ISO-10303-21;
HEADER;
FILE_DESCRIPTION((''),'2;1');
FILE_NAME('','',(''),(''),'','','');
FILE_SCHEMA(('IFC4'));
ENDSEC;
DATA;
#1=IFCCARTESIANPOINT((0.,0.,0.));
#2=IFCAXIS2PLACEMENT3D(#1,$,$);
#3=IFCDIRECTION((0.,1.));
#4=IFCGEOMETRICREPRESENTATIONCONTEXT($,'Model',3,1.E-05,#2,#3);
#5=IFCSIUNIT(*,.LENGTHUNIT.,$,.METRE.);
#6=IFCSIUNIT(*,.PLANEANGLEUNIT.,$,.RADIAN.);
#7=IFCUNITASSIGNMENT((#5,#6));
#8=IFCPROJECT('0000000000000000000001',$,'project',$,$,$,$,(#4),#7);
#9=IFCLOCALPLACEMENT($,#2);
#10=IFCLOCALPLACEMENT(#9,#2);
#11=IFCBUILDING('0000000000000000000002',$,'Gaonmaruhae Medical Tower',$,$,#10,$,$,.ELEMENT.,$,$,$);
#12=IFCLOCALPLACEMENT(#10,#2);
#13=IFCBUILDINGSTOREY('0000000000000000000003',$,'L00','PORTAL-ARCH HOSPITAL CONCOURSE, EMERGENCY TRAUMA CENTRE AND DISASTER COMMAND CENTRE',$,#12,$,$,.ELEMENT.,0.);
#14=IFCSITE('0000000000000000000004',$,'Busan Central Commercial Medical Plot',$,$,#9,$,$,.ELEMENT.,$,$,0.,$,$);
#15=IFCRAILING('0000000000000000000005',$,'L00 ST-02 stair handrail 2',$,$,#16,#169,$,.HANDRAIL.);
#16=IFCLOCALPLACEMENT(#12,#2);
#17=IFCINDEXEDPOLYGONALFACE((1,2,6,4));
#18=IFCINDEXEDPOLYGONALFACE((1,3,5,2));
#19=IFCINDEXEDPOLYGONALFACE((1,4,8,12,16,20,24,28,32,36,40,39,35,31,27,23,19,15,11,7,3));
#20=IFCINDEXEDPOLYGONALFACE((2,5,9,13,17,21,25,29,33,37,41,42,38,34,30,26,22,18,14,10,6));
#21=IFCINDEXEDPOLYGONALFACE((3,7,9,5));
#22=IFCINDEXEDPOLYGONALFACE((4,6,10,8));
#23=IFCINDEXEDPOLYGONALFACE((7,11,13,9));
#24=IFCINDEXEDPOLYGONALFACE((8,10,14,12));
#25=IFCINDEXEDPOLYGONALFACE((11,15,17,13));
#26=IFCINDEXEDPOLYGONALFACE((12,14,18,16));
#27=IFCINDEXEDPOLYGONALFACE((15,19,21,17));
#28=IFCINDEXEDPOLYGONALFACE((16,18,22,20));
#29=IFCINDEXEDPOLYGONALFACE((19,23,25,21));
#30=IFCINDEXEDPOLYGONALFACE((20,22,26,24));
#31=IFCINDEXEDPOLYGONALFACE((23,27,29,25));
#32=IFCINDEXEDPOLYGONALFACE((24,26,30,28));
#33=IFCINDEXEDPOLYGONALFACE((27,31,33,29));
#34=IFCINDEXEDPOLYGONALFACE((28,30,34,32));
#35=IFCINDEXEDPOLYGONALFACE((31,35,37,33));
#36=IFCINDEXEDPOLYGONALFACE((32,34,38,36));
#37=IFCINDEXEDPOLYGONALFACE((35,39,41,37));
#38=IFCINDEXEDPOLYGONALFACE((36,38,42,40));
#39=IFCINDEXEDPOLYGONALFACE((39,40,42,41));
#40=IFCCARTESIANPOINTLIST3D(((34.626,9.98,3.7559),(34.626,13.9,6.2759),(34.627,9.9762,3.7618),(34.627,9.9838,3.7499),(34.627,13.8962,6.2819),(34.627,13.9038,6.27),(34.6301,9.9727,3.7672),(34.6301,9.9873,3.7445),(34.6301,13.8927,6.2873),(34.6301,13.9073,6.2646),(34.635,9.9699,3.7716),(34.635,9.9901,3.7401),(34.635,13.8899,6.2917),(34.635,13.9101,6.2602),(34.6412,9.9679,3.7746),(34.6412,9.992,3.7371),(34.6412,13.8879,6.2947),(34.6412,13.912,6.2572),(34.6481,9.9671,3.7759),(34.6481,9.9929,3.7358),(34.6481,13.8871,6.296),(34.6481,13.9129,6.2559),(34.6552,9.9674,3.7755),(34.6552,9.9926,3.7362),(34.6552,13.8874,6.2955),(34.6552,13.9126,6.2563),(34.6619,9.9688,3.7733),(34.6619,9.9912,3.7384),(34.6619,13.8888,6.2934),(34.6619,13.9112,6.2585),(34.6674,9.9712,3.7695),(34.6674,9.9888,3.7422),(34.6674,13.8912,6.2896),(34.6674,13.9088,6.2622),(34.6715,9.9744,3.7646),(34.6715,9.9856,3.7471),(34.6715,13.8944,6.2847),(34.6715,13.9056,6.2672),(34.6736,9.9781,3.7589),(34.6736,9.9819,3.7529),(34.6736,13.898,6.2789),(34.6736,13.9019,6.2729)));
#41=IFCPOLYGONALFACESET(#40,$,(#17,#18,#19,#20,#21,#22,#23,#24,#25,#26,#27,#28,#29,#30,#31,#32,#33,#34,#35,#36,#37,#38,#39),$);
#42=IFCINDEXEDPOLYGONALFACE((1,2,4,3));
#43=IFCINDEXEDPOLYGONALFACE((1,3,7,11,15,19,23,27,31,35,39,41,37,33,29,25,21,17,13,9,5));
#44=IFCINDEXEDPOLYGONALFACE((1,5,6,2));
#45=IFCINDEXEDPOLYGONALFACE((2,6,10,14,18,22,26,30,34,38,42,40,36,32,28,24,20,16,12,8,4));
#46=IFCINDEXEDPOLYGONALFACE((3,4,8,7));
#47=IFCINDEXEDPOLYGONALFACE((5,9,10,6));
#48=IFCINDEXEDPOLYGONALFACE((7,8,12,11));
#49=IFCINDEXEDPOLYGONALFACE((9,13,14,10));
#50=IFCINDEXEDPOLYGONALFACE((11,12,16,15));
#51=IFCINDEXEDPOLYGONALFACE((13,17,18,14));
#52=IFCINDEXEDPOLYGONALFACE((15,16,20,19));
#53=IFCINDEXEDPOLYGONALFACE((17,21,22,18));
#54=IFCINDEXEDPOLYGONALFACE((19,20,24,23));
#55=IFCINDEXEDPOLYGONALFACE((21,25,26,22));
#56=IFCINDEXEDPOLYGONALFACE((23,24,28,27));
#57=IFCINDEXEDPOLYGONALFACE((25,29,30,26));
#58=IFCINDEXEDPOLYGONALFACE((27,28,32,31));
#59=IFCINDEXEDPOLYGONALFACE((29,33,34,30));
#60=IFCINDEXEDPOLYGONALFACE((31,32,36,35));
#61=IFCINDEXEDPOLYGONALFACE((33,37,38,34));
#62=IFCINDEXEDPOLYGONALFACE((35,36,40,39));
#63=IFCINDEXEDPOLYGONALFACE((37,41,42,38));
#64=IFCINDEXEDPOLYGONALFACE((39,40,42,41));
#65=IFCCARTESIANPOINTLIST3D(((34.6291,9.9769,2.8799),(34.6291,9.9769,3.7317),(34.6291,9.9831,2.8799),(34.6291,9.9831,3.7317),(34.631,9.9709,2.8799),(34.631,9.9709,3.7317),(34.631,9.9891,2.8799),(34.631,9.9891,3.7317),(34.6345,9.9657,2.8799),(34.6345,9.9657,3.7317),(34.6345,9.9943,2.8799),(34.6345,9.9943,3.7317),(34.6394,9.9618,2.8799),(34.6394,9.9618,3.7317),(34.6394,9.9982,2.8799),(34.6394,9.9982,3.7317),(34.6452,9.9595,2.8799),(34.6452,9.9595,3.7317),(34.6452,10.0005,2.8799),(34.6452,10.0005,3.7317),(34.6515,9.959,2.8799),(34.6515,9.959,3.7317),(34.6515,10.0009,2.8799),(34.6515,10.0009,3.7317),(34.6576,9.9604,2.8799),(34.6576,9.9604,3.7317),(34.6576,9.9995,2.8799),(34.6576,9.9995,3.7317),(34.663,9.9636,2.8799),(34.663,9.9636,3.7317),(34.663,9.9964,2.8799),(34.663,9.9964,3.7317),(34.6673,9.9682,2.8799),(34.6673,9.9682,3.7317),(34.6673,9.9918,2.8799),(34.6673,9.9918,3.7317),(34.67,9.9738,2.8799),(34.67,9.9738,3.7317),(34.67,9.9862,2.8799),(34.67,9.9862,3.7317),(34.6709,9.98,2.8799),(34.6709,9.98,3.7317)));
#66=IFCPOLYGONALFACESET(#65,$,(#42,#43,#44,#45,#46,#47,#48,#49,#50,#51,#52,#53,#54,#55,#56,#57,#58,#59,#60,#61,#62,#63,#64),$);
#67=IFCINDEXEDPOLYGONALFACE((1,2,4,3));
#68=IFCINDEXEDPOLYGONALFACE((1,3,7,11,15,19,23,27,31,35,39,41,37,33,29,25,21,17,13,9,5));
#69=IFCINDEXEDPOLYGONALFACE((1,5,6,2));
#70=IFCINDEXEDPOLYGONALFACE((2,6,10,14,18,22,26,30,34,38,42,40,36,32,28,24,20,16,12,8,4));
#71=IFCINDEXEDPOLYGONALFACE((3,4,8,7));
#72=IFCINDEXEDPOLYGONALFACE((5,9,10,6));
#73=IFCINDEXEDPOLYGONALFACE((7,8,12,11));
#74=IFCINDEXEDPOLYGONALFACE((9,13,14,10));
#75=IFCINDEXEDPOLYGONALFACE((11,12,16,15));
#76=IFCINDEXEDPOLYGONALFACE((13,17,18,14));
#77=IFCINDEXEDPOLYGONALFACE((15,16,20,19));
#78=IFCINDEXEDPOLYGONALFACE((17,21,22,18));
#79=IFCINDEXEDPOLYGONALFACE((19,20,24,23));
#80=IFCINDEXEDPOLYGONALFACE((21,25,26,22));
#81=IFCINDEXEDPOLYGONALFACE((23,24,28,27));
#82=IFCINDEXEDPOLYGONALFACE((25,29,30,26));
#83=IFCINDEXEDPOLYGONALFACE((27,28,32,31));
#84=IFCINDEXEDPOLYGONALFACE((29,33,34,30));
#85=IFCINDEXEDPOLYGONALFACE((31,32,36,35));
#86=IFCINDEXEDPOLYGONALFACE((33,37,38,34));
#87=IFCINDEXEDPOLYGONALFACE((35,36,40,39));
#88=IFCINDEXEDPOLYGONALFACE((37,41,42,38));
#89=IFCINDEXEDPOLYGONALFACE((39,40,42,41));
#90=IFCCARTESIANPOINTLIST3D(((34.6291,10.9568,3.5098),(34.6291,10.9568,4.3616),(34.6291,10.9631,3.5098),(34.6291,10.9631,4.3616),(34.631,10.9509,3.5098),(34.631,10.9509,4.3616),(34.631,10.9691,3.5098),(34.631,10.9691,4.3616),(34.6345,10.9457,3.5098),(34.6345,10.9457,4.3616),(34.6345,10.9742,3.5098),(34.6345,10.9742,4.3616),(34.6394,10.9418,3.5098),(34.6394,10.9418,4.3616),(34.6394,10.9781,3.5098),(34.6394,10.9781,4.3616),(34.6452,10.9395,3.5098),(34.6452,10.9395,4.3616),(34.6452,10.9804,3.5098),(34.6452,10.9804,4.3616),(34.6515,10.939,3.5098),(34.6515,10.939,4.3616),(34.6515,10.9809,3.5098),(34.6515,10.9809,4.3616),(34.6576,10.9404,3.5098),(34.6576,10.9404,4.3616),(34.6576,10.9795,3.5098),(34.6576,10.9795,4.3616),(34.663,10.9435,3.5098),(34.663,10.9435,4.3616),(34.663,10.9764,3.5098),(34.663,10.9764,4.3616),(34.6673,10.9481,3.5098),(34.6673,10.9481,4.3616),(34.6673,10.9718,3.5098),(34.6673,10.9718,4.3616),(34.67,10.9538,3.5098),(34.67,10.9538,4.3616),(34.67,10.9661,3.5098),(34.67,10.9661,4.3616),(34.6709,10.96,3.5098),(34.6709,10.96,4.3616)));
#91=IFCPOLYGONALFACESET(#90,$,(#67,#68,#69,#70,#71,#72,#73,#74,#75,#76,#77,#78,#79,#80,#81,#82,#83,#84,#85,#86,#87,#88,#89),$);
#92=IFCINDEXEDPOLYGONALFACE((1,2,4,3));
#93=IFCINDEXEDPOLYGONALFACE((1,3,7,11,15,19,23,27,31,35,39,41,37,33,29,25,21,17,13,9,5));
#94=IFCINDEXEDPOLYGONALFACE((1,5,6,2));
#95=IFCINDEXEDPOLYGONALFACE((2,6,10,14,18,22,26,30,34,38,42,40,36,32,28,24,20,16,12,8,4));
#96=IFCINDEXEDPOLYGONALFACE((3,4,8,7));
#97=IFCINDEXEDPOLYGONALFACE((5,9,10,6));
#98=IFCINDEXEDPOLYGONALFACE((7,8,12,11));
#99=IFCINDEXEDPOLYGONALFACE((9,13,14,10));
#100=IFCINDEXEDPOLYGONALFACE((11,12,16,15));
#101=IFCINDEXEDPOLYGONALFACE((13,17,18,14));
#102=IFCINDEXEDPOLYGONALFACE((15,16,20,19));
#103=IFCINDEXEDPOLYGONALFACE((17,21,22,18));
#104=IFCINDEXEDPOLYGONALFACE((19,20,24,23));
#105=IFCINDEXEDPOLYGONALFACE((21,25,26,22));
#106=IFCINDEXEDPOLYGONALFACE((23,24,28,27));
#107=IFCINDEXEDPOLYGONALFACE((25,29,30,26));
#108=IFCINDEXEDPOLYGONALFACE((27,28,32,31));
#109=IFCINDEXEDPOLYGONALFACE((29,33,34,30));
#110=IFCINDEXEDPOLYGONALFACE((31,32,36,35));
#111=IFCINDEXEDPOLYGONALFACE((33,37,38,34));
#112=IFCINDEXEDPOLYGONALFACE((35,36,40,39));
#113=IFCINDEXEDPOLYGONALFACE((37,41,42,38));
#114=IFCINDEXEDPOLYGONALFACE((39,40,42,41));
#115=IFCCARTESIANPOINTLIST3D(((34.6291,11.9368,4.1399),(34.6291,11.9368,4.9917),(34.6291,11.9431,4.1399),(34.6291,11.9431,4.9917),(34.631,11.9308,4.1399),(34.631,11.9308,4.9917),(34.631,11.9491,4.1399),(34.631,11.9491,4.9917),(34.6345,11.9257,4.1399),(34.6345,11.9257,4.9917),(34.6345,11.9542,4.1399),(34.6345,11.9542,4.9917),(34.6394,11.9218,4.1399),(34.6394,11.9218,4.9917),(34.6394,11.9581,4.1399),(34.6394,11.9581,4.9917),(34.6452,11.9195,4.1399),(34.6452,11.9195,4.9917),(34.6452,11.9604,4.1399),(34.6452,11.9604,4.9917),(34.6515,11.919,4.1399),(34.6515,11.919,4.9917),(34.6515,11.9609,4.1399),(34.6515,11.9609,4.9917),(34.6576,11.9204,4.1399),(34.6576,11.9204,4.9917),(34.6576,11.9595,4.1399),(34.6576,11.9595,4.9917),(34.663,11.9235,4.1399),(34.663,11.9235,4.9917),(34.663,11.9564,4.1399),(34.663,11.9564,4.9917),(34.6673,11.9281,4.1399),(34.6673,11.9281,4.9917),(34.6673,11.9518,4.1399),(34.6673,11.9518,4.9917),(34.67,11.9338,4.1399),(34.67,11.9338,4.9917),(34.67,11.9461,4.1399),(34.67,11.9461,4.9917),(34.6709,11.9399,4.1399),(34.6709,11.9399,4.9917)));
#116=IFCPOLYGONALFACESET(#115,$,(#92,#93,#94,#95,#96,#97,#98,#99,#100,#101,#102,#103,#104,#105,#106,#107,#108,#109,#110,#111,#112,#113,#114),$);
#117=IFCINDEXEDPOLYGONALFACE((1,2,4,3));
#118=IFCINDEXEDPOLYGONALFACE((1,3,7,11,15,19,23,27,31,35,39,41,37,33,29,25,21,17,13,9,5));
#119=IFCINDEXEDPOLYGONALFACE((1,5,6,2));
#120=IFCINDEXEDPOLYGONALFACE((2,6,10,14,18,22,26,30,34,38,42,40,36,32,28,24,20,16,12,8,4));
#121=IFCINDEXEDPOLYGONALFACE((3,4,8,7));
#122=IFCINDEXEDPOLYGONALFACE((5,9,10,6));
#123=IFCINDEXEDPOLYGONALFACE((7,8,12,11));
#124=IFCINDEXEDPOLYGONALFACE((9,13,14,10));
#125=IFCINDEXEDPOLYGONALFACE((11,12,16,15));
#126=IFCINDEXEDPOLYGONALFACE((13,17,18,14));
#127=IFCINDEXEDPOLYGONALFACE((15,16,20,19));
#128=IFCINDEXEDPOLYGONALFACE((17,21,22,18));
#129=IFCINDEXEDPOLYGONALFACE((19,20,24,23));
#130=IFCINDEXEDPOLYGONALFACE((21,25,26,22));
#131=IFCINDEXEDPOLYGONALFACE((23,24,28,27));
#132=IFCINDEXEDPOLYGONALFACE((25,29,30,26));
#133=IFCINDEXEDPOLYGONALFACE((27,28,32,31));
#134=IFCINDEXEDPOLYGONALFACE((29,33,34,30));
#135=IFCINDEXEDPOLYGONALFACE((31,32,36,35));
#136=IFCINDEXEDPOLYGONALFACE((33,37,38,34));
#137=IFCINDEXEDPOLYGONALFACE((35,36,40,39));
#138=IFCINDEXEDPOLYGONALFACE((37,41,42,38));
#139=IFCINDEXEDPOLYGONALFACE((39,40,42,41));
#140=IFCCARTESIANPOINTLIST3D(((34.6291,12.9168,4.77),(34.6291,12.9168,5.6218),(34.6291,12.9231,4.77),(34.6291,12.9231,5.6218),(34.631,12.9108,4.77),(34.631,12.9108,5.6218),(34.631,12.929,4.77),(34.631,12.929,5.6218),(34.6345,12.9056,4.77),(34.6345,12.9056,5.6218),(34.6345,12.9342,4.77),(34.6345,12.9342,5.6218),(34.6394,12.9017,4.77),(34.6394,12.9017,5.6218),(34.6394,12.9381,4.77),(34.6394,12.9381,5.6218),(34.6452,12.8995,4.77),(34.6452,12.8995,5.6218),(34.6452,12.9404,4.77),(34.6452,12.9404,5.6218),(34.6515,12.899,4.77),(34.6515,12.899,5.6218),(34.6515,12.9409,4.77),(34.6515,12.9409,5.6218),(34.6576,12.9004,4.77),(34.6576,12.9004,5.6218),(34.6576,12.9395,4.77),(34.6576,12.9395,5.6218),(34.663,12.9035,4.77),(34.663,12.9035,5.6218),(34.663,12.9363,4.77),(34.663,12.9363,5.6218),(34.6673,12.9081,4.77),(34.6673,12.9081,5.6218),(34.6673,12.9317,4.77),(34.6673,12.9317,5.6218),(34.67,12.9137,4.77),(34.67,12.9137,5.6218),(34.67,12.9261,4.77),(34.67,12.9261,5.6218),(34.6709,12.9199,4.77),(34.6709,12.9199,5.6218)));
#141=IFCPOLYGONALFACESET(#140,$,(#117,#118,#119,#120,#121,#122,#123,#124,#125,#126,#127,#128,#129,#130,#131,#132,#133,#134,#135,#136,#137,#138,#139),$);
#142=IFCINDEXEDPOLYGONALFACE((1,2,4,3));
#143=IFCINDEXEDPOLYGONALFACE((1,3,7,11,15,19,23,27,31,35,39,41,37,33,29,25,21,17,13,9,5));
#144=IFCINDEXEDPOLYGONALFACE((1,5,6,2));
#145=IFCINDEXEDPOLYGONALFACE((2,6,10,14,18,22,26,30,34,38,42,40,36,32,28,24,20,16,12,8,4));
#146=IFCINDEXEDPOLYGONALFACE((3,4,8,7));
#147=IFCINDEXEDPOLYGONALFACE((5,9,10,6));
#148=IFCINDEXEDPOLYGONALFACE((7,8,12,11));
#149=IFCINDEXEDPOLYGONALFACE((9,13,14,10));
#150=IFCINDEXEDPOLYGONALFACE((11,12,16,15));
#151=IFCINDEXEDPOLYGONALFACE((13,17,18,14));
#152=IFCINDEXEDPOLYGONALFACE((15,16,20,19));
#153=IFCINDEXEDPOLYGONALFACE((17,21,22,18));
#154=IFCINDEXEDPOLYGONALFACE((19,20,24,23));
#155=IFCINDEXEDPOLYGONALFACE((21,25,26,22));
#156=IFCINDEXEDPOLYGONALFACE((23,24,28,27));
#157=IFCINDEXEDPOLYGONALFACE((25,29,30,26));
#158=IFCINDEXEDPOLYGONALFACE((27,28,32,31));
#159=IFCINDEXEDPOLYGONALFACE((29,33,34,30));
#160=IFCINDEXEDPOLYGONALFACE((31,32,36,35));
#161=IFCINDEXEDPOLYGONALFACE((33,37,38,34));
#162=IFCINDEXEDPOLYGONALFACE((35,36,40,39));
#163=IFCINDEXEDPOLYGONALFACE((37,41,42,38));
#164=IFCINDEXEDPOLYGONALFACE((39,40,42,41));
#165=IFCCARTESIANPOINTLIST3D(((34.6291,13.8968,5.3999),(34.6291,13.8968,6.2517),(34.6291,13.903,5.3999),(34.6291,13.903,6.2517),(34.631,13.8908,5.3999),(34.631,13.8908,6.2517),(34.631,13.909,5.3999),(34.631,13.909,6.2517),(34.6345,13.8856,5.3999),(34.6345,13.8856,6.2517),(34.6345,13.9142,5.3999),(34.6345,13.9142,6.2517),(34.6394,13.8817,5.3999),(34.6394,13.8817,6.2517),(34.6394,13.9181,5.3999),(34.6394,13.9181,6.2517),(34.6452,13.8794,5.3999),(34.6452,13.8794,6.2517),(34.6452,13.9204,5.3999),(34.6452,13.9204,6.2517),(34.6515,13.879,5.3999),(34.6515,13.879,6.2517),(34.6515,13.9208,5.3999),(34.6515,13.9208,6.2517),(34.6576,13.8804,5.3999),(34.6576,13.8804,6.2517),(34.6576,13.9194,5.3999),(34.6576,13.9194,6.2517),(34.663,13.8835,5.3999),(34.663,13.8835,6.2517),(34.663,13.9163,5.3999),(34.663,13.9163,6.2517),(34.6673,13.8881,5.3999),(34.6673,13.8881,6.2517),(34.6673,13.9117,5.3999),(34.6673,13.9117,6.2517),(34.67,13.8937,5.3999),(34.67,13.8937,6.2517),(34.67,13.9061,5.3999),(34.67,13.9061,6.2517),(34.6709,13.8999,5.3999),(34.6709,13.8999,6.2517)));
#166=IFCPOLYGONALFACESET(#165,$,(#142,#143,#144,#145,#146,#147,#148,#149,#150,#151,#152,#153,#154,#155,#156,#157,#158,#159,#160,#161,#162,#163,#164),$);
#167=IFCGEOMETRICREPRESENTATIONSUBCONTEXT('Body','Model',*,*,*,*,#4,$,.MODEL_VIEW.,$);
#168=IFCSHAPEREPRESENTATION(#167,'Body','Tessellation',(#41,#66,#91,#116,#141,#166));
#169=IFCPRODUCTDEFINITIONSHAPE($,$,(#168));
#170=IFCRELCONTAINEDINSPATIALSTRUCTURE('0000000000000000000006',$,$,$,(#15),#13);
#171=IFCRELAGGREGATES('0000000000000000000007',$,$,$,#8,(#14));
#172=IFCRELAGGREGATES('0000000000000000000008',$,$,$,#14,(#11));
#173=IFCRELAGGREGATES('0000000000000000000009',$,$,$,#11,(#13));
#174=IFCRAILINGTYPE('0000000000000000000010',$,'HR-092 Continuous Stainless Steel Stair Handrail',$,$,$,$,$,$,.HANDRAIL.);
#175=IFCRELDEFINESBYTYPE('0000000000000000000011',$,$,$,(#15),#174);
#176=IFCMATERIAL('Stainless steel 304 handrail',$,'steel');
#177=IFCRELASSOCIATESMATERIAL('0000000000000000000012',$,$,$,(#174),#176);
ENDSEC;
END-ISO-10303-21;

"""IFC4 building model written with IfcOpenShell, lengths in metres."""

from ifc_helpers import new_model, si_unit, direction, frame, origin, origin_2d, place, context, subcontext, project, spatial, circle, extrude, material, type_object, element, save


model = new_model("IFC4")

# Units and contexts
model_context = context("Model", 3, precision=1e-05, world=origin(), true_north=direction((0.0, 1.0)))
body_context = subcontext(model_context, "Body", "Model", "MODEL_VIEW")
ifc_project = project(units=[si_unit("LENGTHUNIT", "METRE"), si_unit("PLANEANGLEUNIT", "RADIAN")], contexts=[model_context])

# Site, building, storey
site_placement = place(None, origin())
site = spatial("IfcSite", under=ifc_project, at=site_placement, Name="Busan Central Commercial Medical Plot", CompositionType="ELEMENT", RefElevation=0.0)
building_placement = place(site_placement, origin())
building = spatial("IfcBuilding", under=site, at=building_placement, Name="Gaonmaruhae Medical Tower", CompositionType="ELEMENT")
storey_placement = place(building_placement, origin())
storey = spatial("IfcBuildingStorey", under=building, at=storey_placement, Name="L00", Description="PORTAL-ARCH HOSPITAL CONCOURSE, EMERGENCY TRAUMA CENTRE AND DISASTER COMMAND CENTRE", CompositionType="ELEMENT", Elevation=0.0)

# Railing
ifc_material_1 = material(Name="Stainless steel 304 handrail", Category="steel")
railing_type_1 = type_object("IfcRailingType", Name="HR-092 Continuous Stainless Steel Stair Handrail", PredefinedType="HANDRAIL", material=ifc_material_1)
railing_1_placement = place(storey_placement, frame((34.6499, 9.98, 2.8799)))
element("IfcRailing", 1, at=railing_1_placement, inside=storey, type_object=railing_type_1, Name="L00 ST-02 stair handrail 2", PredefinedType="HANDRAIL", context=body_context, shape_type="SweptSolid", body=[
    extrude(circle(Radius=0.0239, at=origin_2d()), frame((0.0, 0.0, 0.876), z_axis=(0.0, 0.841172, 0.540768), x_axis=(-1.0, 0.0, 0.0)), (0.0, 0.0, 1.0), 4.6602),
    extrude(circle(Radius=0.021, at=origin_2d()), origin(), (0.0, 0.0, 1.0), 0.8518),
    extrude(circle(Radius=0.021, at=origin_2d()), frame((0.0, 0.98, 0.6299)), (0.0, 0.0, 1.0), 0.8518),
    extrude(circle(Radius=0.021, at=origin_2d()), frame((0.0, 1.96, 1.26)), (0.0, 0.0, 1.0), 0.8518),
    extrude(circle(Radius=0.021, at=origin_2d()), frame((0.0, 2.9399, 1.8901)), (0.0, 0.0, 1.0), 0.8518),
    extrude(circle(Radius=0.021, at=origin_2d()), frame((0.0, 3.9199, 2.52)), (0.0, 0.0, 1.0), 0.8518),
])

save(model, "model.ifc")
